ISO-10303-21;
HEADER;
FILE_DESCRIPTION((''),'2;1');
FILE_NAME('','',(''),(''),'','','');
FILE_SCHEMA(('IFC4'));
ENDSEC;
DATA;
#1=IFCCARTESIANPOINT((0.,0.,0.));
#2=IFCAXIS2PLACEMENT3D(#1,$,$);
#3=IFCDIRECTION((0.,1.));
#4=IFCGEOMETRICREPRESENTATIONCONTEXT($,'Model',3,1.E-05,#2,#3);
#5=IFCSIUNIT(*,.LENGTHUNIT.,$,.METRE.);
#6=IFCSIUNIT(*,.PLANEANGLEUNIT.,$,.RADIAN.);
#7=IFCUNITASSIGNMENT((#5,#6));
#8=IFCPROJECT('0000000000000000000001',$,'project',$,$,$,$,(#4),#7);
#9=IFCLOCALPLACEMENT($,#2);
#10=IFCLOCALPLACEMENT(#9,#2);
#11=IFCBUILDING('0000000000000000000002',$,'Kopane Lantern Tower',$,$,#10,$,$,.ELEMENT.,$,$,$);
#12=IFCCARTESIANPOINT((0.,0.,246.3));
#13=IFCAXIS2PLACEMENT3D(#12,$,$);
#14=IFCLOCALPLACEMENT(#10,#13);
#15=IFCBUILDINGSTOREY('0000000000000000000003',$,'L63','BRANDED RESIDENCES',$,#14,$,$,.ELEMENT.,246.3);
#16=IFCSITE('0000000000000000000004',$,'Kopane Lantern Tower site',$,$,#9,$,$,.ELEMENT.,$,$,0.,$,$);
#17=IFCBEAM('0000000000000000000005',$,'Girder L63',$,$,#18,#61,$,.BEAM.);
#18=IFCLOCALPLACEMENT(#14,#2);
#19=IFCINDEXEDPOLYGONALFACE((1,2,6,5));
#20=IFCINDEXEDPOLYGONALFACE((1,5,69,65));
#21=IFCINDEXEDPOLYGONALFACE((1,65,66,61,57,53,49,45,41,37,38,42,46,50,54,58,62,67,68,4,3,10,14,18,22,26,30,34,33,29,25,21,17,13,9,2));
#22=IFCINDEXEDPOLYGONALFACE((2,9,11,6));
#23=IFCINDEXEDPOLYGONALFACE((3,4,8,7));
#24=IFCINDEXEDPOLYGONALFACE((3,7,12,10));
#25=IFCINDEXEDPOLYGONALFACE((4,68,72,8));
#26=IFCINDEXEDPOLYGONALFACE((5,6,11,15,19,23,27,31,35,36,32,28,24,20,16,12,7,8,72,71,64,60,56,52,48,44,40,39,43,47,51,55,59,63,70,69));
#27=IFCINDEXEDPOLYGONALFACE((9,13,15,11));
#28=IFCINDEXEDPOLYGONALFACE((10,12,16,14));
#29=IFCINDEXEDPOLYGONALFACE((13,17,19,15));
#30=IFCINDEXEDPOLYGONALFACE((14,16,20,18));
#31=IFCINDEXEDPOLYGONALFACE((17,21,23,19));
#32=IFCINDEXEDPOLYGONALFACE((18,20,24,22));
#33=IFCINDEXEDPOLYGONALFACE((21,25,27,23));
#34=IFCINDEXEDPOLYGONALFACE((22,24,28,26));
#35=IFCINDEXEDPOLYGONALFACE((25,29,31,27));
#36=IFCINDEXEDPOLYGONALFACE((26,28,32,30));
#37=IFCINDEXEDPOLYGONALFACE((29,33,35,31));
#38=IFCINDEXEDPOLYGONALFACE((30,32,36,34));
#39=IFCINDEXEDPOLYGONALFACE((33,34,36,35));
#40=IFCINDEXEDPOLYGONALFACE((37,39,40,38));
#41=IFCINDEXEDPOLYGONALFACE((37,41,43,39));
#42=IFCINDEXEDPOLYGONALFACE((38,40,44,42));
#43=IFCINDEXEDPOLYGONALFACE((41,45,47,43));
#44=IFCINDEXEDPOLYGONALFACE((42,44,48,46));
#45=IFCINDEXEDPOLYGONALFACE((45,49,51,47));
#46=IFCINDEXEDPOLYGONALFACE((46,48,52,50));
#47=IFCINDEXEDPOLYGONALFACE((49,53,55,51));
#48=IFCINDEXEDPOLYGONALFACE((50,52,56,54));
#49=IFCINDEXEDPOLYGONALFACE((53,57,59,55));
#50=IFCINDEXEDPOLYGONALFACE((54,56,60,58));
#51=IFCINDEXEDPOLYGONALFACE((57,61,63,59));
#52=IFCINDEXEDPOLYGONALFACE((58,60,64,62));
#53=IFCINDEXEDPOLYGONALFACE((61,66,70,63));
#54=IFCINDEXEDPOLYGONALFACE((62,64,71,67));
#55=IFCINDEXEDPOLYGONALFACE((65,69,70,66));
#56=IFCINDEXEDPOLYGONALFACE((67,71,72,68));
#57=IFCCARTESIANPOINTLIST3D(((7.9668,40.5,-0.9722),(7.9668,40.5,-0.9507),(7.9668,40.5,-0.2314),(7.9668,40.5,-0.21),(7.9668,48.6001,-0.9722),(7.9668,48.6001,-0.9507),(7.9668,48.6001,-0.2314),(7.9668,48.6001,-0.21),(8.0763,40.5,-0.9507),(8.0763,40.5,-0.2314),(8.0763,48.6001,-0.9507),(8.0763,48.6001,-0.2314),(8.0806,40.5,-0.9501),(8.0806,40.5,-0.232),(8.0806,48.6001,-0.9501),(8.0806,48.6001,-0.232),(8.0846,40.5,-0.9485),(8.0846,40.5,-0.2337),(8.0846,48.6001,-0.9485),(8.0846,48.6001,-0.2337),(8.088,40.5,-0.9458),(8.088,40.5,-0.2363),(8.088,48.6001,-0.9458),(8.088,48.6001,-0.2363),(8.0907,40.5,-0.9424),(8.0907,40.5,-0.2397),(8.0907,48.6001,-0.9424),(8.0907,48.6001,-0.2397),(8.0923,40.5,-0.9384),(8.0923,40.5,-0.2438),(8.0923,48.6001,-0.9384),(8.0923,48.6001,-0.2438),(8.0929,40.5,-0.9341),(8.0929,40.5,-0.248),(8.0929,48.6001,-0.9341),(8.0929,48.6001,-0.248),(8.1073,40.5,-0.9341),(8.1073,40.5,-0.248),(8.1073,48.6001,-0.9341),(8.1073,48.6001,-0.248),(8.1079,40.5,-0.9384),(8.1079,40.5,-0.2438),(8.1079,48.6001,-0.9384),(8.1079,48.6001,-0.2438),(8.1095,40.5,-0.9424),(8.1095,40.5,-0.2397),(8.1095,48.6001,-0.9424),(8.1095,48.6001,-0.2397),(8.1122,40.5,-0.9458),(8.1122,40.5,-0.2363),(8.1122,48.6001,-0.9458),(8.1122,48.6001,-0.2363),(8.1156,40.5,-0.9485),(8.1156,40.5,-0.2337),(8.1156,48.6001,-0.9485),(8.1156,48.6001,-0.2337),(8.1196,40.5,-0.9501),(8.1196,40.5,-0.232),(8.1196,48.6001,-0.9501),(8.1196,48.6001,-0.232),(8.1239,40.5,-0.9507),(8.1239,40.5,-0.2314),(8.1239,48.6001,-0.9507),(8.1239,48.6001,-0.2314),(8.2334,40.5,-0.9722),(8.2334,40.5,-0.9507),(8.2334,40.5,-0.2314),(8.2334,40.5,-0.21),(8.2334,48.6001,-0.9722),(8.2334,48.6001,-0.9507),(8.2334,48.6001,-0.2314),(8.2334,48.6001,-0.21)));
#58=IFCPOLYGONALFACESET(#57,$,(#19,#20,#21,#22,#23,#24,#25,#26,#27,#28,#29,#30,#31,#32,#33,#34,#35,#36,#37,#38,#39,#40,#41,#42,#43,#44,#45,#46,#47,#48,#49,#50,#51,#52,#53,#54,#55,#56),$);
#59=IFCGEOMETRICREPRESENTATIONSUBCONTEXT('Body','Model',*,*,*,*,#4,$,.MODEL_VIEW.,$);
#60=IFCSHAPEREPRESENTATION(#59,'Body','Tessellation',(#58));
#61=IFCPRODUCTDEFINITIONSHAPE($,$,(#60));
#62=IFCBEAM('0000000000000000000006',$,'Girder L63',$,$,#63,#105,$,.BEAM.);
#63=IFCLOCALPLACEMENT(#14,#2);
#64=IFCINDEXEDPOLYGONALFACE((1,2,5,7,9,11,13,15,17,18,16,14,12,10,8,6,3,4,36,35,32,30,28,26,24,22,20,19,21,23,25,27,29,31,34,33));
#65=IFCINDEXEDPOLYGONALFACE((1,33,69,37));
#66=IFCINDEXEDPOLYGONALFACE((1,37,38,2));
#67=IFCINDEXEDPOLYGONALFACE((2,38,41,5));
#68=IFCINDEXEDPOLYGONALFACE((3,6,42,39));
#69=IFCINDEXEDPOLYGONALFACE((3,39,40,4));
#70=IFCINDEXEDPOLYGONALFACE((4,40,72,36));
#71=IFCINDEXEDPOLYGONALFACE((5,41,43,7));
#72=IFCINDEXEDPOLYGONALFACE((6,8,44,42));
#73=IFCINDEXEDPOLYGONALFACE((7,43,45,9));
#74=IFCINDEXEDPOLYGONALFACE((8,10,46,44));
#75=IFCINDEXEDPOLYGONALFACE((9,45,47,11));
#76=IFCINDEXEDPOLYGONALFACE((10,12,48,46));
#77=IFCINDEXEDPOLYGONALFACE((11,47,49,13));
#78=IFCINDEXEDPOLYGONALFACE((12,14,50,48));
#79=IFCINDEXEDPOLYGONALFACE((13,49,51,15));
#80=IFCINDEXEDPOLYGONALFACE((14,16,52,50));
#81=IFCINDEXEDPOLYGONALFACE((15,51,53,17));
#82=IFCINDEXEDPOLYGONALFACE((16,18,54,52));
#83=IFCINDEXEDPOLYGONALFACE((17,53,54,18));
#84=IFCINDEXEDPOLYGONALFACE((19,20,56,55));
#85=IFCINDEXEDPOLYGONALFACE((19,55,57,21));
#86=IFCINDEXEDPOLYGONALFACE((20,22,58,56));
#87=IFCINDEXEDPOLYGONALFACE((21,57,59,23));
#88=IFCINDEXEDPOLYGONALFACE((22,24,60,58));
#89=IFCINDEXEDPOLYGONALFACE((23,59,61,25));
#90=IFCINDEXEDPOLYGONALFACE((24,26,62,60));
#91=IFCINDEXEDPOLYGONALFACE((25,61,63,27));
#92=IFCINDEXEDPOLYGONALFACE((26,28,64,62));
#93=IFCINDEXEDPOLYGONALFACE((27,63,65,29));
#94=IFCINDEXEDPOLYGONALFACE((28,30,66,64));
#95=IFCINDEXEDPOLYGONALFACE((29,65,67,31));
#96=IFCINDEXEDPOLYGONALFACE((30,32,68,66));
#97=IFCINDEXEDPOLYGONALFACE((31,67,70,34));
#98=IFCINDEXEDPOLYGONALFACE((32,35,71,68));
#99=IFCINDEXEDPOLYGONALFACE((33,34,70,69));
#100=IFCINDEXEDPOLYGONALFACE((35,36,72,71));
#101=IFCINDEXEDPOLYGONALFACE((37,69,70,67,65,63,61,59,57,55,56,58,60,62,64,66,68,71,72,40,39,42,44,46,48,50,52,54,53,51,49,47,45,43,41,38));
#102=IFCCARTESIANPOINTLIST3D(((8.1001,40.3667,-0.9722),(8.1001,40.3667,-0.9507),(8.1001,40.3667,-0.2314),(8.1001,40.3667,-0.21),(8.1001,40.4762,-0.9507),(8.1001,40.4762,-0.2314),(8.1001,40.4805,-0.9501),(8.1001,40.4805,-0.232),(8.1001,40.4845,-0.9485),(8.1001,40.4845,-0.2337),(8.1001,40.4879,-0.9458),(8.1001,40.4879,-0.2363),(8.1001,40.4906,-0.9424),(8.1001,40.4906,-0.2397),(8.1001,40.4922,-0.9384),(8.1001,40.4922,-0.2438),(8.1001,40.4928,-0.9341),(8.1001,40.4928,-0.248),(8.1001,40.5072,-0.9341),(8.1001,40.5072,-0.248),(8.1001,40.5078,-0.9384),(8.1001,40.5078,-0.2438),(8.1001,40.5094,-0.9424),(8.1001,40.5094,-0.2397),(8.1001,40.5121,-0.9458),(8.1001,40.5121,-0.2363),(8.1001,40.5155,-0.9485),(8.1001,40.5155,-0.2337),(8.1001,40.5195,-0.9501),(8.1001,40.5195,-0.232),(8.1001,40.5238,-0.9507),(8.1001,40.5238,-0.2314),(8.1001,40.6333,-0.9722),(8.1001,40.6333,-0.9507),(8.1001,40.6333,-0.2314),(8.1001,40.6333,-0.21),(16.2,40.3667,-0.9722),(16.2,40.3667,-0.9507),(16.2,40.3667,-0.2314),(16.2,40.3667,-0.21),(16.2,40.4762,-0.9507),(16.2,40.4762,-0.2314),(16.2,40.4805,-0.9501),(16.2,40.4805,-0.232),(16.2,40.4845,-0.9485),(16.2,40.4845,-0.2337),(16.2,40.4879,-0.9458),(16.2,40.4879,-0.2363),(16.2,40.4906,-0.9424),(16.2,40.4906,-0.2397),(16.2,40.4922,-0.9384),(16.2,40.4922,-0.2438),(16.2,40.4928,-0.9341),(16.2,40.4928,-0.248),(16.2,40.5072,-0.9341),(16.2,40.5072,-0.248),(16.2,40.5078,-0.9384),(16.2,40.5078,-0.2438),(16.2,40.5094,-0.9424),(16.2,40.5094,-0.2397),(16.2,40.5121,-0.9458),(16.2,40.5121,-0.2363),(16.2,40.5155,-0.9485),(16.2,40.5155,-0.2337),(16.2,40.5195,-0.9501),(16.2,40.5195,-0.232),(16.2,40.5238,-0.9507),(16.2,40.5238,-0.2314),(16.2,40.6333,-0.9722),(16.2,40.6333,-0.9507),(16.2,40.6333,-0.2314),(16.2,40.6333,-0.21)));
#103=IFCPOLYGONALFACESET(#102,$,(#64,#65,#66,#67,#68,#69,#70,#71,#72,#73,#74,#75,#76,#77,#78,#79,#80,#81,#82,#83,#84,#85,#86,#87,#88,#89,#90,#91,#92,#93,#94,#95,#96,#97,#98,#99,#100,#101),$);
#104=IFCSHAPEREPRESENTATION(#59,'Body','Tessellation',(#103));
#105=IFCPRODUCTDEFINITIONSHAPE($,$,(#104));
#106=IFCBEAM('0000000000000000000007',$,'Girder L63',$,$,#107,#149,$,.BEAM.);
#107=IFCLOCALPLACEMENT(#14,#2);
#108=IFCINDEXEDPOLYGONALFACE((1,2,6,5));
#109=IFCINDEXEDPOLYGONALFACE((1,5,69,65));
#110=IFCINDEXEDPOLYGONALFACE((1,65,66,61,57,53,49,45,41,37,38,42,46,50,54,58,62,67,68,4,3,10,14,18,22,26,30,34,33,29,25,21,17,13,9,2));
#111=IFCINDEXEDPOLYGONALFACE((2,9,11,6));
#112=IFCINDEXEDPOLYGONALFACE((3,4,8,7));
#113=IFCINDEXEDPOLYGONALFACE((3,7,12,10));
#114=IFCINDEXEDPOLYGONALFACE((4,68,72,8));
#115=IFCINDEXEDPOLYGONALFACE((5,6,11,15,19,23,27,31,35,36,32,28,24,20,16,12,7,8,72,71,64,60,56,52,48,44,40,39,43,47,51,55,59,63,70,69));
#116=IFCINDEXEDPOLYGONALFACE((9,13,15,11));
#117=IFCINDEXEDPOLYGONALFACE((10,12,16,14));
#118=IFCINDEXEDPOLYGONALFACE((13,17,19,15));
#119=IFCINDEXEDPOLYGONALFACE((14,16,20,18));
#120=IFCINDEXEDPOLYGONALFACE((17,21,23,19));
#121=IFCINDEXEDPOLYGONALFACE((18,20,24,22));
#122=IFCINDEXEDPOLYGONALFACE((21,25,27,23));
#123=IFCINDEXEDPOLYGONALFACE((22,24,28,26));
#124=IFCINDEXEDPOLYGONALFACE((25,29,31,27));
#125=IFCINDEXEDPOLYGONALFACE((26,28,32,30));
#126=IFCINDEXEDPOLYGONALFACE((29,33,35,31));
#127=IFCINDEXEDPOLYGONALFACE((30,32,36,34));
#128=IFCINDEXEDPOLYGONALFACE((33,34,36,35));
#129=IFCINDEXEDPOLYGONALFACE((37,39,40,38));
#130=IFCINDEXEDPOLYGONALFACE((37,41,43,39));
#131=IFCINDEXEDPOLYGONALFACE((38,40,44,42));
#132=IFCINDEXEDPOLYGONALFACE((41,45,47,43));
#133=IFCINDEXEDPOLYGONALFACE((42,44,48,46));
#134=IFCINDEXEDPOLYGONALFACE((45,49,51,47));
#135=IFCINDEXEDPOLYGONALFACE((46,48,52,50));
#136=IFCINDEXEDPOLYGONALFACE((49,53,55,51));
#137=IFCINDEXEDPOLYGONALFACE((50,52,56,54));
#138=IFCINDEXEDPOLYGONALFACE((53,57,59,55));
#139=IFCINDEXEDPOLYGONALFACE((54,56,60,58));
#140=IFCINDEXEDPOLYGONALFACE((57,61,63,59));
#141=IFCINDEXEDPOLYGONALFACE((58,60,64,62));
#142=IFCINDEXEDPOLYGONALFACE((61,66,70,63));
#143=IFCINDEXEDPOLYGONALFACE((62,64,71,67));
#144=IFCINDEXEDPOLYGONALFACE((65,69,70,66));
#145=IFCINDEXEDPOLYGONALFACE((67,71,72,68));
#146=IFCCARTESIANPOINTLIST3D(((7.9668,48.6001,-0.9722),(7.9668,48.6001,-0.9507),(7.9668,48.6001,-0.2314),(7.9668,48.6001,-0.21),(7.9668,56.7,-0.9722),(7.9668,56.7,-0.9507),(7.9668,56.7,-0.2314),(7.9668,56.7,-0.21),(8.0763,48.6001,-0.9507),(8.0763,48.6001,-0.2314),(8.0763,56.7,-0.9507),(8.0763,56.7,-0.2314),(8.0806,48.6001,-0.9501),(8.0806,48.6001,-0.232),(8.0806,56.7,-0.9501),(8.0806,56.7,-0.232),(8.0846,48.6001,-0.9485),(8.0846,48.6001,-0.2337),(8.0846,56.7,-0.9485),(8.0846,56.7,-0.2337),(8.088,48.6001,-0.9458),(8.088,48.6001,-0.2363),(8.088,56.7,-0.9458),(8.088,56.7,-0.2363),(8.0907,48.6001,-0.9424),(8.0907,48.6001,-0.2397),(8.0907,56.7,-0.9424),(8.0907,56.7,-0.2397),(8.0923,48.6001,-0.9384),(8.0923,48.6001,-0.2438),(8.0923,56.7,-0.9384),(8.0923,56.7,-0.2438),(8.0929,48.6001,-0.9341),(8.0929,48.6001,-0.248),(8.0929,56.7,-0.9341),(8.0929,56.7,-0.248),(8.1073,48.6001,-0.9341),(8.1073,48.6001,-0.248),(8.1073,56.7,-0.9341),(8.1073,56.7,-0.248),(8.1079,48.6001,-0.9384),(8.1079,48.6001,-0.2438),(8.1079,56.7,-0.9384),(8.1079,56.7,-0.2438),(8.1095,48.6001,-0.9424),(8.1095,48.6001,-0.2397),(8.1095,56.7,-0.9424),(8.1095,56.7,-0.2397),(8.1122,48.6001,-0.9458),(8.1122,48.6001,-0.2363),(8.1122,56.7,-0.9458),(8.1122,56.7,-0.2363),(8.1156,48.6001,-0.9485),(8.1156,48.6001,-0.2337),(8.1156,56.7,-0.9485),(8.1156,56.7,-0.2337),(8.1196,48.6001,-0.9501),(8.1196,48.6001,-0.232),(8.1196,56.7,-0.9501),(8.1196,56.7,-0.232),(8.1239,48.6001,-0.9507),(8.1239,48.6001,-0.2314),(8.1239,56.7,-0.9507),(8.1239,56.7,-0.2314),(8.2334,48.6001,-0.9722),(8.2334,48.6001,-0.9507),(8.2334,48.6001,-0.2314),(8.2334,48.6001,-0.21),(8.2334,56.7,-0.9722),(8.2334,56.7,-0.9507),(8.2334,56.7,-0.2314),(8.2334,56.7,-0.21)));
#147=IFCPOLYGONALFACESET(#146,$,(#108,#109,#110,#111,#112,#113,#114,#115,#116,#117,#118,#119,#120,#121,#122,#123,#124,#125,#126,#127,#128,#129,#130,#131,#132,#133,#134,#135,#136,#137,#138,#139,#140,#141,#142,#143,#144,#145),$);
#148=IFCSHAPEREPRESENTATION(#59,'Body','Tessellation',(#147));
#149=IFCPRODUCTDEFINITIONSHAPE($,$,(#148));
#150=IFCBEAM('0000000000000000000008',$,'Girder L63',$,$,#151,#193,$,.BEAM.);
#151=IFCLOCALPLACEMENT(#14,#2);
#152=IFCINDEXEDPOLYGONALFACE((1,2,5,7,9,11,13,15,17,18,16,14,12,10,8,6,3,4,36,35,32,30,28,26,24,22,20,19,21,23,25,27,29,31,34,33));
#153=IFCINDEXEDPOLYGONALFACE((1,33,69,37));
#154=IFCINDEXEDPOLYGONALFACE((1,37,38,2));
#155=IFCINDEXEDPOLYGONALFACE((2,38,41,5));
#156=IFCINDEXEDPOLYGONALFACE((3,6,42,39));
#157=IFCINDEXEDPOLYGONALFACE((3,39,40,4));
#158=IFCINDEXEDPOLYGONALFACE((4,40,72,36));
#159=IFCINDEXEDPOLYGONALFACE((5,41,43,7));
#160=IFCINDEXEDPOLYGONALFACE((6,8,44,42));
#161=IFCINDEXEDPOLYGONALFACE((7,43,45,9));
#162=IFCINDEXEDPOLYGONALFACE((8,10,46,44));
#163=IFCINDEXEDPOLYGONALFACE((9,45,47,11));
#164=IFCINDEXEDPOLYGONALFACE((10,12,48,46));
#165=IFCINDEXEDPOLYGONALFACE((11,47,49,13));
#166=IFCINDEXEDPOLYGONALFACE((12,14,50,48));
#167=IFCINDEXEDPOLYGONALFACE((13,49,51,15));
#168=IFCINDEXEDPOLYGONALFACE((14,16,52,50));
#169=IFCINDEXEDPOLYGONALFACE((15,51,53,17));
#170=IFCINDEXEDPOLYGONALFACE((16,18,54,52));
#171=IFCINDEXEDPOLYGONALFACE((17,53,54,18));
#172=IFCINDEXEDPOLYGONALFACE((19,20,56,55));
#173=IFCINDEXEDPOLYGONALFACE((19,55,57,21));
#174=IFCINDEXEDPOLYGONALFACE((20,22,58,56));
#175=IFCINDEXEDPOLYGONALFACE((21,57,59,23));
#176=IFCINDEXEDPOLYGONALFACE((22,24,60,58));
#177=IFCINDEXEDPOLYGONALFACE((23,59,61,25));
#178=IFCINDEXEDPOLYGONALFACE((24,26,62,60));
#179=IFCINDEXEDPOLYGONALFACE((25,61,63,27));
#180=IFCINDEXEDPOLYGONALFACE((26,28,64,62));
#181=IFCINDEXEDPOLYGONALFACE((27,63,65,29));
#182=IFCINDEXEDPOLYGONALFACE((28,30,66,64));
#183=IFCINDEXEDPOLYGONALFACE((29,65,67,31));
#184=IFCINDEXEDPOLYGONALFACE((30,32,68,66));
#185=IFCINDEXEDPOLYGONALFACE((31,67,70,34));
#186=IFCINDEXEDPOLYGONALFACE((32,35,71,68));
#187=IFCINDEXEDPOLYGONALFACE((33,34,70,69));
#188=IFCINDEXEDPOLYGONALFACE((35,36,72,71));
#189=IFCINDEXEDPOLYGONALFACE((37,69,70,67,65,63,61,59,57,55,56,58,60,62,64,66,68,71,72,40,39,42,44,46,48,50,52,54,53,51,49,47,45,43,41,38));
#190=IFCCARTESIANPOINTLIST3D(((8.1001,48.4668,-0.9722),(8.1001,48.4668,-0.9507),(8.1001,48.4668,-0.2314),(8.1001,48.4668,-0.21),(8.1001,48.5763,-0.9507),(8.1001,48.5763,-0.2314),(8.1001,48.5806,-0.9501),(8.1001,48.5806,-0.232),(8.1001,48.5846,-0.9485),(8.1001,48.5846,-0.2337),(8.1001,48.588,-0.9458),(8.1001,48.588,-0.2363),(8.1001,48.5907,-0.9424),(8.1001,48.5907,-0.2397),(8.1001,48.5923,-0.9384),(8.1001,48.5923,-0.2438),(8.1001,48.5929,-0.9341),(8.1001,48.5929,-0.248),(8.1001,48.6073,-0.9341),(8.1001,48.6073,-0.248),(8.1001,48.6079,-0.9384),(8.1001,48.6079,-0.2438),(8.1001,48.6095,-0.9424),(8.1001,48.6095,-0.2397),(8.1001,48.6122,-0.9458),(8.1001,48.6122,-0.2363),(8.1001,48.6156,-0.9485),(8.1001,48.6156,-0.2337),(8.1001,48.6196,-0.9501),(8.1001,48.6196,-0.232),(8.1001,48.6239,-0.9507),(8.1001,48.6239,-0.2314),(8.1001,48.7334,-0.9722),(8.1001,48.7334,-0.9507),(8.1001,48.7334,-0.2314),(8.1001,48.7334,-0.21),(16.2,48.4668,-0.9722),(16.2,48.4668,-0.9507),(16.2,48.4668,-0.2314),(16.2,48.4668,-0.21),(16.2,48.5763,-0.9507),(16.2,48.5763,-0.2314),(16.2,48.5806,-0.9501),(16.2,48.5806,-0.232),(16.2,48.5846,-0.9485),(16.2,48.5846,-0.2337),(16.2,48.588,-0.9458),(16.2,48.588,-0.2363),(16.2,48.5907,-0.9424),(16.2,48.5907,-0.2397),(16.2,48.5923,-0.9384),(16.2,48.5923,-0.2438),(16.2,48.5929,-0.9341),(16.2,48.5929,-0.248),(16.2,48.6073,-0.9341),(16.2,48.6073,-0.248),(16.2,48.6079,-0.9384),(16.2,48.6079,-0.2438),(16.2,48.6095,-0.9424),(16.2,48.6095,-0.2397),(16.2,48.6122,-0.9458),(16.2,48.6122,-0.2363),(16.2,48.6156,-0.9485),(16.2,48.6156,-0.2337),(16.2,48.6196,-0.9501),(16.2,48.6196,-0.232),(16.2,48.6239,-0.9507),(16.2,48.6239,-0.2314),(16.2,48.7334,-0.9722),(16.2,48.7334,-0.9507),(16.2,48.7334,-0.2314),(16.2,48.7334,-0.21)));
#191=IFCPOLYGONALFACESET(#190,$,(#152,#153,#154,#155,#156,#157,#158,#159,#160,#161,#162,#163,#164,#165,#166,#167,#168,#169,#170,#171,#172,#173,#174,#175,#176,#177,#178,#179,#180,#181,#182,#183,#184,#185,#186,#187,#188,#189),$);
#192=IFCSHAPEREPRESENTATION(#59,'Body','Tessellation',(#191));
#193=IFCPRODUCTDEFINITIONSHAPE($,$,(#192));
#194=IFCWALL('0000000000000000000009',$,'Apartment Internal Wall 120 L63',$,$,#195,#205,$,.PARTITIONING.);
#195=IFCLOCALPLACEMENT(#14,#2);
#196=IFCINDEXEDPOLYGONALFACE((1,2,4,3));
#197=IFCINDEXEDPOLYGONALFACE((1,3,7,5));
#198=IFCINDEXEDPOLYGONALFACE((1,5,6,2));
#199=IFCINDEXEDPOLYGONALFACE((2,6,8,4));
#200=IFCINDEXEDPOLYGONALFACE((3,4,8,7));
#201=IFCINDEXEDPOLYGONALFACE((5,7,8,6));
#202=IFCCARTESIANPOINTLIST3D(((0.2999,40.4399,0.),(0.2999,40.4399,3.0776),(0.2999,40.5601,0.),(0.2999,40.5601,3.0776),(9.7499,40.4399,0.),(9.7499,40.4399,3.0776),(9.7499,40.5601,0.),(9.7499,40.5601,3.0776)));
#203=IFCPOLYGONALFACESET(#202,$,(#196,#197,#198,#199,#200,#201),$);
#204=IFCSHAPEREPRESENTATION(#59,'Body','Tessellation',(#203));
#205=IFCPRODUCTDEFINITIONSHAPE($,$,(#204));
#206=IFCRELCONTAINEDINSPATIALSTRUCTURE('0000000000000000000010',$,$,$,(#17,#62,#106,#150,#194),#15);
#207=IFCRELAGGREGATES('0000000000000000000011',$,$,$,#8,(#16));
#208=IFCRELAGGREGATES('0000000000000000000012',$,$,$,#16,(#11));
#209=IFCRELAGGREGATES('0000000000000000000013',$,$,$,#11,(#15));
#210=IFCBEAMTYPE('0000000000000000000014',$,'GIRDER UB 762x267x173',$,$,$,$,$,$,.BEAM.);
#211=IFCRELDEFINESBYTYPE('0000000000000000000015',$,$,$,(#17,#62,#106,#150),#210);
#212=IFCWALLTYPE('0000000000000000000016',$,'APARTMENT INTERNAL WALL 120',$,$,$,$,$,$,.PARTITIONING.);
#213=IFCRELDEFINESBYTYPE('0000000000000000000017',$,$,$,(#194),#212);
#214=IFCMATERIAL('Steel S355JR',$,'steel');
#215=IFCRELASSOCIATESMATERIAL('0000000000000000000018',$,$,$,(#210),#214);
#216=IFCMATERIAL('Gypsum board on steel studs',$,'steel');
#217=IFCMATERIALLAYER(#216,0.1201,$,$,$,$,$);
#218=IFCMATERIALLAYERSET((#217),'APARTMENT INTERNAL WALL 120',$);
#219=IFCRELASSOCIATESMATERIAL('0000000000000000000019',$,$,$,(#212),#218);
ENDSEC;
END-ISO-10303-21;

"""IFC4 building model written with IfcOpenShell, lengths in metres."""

from ifc_helpers import new_model, si_unit, direction, frame, frame_2d, origin, origin_2d, place, context, subcontext, project, spatial, rectangle, i_section, extrude, material, layer, layer_set, material_profile, profile_set, type_object, element, save


model = new_model("IFC4")

# Units and contexts
model_context = context("Model", 3, precision=1e-05, world=origin(), true_north=direction((0.0, 1.0)))
body_context = subcontext(model_context, "Body", "Model", "MODEL_VIEW")
ifc_project = project(units=[si_unit("LENGTHUNIT", "METRE"), si_unit("PLANEANGLEUNIT", "RADIAN")], contexts=[model_context])

# Site, building, storey
site_placement = place(None, origin())
site = spatial("IfcSite", under=ifc_project, at=site_placement, Name="Kopane Lantern Tower site", CompositionType="ELEMENT", RefElevation=0.0)
building_placement = place(site_placement, origin())
building = spatial("IfcBuilding", under=site, at=building_placement, Name="Kopane Lantern Tower", CompositionType="ELEMENT")
storey_placement = place(building_placement, frame((0.0, 0.0, 246.3)))
storey = spatial("IfcBuildingStorey", under=building, at=storey_placement, Name="L63", Description="BRANDED RESIDENCES", CompositionType="ELEMENT", Elevation=246.3)

# Beams
ifc_material_1 = material(Name="Steel S355JR", Category="steel")
ifc_material_profile_1 = material_profile(ifc_material_1, i_section(OverallWidth=0.2666, OverallDepth=0.7622, WebThickness=0.0144, FlangeThickness=0.0215, FilletRadius=0.0166, at=origin_2d()), Name="UB 762x267x173")
ifc_profile_set_1 = profile_set([ifc_material_profile_1], Name="Steel S355JR")
beam_type = type_object("IfcBeamType", Name="GIRDER UB 762x267x173", PredefinedType="BEAM", material=ifc_profile_set_1)
for number, where, z_axis, x_axis, name in (
    (1, (8.1001, 40.5, -0.5911), (0.0, 1.0, 0.0), (-1.0, 0.0, 0.0), "Girder L63"),
):
    element("IfcBeam", number, at=place(storey_placement, frame(where, z_axis=z_axis, x_axis=x_axis)), inside=storey, type_object=beam_type, Name=name, PredefinedType="BEAM", context=body_context, shape_type="SweptSolid", body=[
        extrude(i_section(OverallWidth=0.2666, OverallDepth=0.7622, WebThickness=0.0144, FlangeThickness=0.0215, FilletRadius=0.0166, at=origin_2d()), origin(), (0.0, 0.0, 1.0), 8.1001),
    ])
for number, where, z_axis, x_axis, name in (
    (2, (8.1001, 40.5, -0.5911), (1.0, 0.0, 0.0), (0.0, 1.0, 0.0), "Girder L63"),
    (3, (8.1001, 48.6001, -0.5911), (0.0, 1.0, 0.0), (-1.0, 0.0, 0.0), "Girder L63"),
    (4, (8.1001, 48.6001, -0.5911), (1.0, 0.0, 0.0), (0.0, 1.0, 0.0), "Girder L63"),
):
    element("IfcBeam", number, at=place(storey_placement, frame(where, z_axis=z_axis, x_axis=x_axis)), inside=storey, type_object=beam_type, Name=name, PredefinedType="BEAM", context=body_context, shape_type="SweptSolid", body=[
        extrude(i_section(OverallWidth=0.2666, OverallDepth=0.7622, WebThickness=0.0144, FlangeThickness=0.0215, FilletRadius=0.0166, at=origin_2d()), origin(), (0.0, 0.0, 1.0), 8.0999),
    ])

# Wall
ifc_material_2 = material(Name="Gypsum board on steel studs", Category="steel")
ifc_layer_1 = layer(ifc_material_2, 0.1201)
ifc_layer_set_1 = layer_set([ifc_layer_1], Name="APARTMENT INTERNAL WALL 120")
wall_type_1 = type_object("IfcWallType", Name="APARTMENT INTERNAL WALL 120", PredefinedType="PARTITIONING", material=ifc_layer_set_1)
wall_1_placement = place(storey_placement, frame((9.75, 40.5, 0.0), z_axis=(0.0, 0.0, 1.0), x_axis=(-1.0, 0.0, 0.0)))
element("IfcWall", 5, at=wall_1_placement, inside=storey, type_object=wall_type_1, Name="Apartment Internal Wall 120 L63", PredefinedType="PARTITIONING", context=body_context, shape_type="SweptSolid", body=[
    extrude(rectangle(XDim=9.45, YDim=0.1201, at=frame_2d((4.7251, 0.0))), origin(), (0.0, 0.0, 1.0), 3.0776),
])

save(model, "model.ifc")
